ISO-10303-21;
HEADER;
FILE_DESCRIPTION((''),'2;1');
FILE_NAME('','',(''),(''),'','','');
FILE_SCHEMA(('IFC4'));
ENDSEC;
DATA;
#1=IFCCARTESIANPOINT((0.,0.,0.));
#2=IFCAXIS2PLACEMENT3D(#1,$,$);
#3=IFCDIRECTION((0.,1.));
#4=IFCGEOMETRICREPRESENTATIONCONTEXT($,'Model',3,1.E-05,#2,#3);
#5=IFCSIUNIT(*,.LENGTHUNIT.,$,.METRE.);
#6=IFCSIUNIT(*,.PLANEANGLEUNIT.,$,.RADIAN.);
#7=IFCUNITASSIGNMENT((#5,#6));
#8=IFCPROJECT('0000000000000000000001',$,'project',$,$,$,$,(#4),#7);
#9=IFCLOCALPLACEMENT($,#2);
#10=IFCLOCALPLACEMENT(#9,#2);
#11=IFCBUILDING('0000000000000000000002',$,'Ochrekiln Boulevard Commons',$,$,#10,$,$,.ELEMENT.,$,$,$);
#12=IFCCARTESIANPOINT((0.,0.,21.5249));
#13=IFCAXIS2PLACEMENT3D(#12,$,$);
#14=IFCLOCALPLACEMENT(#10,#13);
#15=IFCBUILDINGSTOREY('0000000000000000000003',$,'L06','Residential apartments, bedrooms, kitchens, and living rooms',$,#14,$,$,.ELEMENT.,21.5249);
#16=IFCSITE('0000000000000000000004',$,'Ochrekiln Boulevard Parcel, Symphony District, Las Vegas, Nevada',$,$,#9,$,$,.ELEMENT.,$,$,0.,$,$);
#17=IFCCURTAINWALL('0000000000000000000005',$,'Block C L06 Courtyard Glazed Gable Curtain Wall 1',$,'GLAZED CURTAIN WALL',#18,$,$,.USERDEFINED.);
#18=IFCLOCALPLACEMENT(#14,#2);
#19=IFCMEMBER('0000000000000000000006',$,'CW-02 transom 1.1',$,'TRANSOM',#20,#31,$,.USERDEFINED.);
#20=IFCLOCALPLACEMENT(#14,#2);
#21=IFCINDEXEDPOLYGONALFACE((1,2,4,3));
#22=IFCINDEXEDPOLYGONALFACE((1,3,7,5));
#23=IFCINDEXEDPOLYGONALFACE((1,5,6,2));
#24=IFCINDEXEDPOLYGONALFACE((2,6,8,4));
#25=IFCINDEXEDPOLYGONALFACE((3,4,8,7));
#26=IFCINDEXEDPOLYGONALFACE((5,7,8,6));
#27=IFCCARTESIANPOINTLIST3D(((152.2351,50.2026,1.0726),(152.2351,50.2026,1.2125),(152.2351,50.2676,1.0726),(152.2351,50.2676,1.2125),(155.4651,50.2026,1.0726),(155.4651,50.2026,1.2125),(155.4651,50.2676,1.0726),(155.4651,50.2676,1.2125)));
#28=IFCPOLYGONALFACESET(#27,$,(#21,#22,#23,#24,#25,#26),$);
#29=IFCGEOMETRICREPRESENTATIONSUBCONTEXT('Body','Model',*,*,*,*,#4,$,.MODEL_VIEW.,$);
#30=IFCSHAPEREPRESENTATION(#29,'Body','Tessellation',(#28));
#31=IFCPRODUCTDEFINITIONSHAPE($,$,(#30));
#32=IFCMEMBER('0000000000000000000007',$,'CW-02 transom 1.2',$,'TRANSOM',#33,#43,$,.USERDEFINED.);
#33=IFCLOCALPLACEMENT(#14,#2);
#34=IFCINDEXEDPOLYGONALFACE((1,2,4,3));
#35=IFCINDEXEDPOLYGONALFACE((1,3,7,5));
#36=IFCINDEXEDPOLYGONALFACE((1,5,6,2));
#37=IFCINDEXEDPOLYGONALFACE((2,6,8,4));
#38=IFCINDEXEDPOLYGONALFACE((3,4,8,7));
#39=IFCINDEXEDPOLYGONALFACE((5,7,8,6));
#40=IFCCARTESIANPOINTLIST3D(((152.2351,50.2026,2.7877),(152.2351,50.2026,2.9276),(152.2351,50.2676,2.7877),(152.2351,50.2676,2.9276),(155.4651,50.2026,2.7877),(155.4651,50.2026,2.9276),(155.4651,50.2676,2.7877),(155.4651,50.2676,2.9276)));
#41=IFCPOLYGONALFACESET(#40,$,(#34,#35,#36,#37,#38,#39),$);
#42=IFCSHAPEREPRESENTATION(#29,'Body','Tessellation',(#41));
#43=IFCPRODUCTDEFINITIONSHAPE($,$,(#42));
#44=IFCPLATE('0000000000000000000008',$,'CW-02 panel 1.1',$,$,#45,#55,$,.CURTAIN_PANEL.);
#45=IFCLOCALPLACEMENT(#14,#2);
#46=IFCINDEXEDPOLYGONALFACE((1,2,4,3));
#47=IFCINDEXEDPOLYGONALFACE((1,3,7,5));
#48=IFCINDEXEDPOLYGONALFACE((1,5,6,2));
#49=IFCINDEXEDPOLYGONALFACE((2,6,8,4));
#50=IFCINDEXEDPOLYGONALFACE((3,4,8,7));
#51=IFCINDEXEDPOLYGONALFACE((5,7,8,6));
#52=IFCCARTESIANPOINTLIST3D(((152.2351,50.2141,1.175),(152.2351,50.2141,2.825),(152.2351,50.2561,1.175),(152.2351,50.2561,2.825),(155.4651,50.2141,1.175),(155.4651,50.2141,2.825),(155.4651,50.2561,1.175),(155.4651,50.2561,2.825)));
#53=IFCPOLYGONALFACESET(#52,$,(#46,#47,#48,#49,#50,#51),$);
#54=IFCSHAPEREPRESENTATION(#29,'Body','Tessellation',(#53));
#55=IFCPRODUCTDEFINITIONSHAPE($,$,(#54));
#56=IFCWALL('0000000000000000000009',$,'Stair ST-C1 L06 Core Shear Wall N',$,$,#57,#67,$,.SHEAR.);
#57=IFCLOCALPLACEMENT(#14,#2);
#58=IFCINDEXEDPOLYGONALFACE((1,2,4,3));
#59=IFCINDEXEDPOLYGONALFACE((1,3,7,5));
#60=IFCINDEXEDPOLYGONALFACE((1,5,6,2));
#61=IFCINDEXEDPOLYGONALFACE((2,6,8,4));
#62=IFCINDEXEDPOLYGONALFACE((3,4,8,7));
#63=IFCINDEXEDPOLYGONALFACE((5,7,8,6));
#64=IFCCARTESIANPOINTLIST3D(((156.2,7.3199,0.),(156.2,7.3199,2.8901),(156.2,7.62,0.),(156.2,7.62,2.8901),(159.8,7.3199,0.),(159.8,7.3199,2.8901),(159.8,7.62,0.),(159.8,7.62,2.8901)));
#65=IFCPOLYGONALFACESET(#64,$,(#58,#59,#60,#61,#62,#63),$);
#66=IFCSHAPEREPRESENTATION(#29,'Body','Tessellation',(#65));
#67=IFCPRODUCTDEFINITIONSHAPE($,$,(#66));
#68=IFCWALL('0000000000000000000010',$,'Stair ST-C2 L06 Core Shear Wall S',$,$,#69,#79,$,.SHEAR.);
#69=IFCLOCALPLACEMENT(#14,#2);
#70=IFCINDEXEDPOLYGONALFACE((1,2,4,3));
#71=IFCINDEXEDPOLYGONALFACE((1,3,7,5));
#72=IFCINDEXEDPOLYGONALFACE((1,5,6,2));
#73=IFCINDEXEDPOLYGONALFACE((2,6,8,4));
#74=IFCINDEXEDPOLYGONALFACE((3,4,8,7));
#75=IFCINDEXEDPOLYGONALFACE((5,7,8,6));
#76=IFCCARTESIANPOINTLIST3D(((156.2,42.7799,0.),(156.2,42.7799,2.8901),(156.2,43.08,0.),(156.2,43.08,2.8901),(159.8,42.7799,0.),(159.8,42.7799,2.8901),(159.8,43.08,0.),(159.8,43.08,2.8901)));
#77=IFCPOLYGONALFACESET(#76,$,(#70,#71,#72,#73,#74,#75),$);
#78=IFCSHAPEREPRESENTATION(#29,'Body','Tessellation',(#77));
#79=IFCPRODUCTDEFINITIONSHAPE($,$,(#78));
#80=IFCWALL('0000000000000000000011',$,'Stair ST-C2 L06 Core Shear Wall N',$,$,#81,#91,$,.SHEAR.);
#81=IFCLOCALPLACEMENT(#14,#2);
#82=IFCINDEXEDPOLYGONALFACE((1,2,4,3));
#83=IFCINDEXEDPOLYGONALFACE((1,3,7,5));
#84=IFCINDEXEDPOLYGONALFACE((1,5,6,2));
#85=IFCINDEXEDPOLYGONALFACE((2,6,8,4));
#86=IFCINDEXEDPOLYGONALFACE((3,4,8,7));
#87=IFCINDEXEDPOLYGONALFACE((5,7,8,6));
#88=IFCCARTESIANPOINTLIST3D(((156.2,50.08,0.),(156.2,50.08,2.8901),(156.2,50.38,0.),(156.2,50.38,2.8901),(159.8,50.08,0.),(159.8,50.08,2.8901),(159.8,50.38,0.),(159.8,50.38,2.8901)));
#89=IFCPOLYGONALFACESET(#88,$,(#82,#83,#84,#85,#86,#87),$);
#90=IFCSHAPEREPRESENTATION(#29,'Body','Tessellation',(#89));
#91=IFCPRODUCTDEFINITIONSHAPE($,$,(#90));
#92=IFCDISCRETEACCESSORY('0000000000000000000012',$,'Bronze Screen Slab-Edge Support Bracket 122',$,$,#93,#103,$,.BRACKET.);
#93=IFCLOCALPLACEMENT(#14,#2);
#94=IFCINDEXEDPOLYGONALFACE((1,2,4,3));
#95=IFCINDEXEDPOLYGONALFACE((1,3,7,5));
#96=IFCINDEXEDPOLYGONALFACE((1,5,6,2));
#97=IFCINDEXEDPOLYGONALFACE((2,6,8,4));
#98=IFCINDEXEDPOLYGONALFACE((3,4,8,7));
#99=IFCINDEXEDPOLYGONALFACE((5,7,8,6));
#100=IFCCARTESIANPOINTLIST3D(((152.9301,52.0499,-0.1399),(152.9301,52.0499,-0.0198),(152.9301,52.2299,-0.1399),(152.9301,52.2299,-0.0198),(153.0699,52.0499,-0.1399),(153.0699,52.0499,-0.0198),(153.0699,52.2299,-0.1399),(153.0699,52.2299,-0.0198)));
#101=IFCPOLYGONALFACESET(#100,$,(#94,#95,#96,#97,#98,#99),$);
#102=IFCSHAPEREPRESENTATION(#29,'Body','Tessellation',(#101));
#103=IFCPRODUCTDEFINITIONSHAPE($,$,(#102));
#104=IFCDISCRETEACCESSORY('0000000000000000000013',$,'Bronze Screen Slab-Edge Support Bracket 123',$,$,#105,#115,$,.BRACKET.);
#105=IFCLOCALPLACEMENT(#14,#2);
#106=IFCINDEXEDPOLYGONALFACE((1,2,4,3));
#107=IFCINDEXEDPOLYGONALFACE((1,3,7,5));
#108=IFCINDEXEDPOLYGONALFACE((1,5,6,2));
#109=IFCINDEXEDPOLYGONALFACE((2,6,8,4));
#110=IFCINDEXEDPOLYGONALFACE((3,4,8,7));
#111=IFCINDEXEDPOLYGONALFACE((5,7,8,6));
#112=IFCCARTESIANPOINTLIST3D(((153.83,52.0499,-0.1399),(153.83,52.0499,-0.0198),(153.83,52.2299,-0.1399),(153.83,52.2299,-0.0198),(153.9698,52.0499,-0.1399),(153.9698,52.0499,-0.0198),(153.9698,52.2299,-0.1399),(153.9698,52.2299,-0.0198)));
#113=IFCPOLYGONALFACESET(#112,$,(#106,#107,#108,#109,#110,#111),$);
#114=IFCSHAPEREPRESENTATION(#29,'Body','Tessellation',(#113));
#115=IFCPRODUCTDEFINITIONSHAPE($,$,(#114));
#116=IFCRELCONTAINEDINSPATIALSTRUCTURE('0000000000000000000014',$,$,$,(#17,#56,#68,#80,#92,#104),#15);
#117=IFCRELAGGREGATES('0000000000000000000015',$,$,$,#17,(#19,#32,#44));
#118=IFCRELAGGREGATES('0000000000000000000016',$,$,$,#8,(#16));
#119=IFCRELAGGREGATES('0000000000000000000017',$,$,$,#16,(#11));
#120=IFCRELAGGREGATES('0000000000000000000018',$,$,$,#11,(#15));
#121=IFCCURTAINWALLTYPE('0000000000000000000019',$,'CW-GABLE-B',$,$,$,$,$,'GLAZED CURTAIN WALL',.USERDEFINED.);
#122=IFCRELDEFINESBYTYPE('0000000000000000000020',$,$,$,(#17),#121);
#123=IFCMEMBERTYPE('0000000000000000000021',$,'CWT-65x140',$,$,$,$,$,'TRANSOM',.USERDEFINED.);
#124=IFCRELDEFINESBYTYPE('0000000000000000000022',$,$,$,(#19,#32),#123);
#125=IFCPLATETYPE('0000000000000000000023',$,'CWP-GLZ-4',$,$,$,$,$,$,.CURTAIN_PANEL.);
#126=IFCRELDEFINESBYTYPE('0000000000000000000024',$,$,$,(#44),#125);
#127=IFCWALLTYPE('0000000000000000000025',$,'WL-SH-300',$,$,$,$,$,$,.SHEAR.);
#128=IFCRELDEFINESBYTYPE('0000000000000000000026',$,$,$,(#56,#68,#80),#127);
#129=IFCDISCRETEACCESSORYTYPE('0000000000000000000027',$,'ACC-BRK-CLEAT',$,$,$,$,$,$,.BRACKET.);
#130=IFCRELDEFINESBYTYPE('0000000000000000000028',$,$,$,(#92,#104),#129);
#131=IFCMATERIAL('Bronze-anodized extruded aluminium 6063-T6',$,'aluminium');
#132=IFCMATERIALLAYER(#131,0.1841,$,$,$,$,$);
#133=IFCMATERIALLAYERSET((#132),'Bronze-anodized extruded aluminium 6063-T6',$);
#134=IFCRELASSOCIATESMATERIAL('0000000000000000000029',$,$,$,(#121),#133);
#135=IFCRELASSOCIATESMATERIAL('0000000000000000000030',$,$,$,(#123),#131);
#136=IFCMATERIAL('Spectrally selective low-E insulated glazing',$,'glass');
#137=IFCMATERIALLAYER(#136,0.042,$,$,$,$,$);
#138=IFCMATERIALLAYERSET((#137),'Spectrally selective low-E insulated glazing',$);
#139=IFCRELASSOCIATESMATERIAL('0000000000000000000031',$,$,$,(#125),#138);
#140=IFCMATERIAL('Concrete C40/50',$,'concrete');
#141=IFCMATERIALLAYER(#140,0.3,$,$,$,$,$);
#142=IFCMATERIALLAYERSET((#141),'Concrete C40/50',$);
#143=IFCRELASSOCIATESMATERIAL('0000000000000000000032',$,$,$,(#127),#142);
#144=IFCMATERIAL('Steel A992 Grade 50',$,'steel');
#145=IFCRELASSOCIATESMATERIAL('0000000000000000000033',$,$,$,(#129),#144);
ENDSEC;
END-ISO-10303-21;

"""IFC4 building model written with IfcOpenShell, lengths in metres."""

from ifc_helpers import new_model, si_unit, direction, frame, frame_2d, origin, origin_2d, place, context, subcontext, project, spatial, rectangle, extrude, material, layer, layer_set, material_profile, profile_set, type_object, element, aggregate, save


model = new_model("IFC4")

# Units and contexts
model_context = context("Model", 3, precision=1e-05, world=origin(), true_north=direction((0.0, 1.0)))
body_context = subcontext(model_context, "Body", "Model", "MODEL_VIEW")
ifc_project = project(units=[si_unit("LENGTHUNIT", "METRE"), si_unit("PLANEANGLEUNIT", "RADIAN")], contexts=[model_context])

# Site, building, storey
site_placement = place(None, origin())
site = spatial("IfcSite", under=ifc_project, at=site_placement, Name="Ochrekiln Boulevard Parcel, Symphony District, Las Vegas, Nevada", CompositionType="ELEMENT", RefElevation=0.0)
building_placement = place(site_placement, origin())
building = spatial("IfcBuilding", under=site, at=building_placement, Name="Ochrekiln Boulevard Commons", CompositionType="ELEMENT")
storey_placement = place(building_placement, frame((0.0, 0.0, 21.5249)))
storey = spatial("IfcBuildingStorey", under=building, at=storey_placement, Name="L06", Description="Residential apartments, bedrooms, kitchens, and living rooms", CompositionType="ELEMENT", Elevation=21.5249)

# Shared definitions
ifc_material_1 = material(Name="Concrete C40/50", Category="concrete")

# Curtain wall, members, plate
ifc_material_2 = material(Name="Bronze-anodized extruded aluminium 6063-T6", Category="aluminium")
ifc_layer_1 = layer(ifc_material_2, 0.1841)
ifc_layer_set_1 = layer_set([ifc_layer_1], Name="Bronze-anodized extruded aluminium 6063-T6")
curtain_wall_type = type_object("IfcCurtainWallType", Name="CW-GABLE-B", ElementType="GLAZED CURTAIN WALL", PredefinedType="USERDEFINED", material=ifc_layer_set_1)
curtain_wall_placement = place(storey_placement, origin())
curtain_wall = element("IfcCurtainWall", 1, at=curtain_wall_placement, inside=storey, type_object=curtain_wall_type, Name="Block C L06 Courtyard Glazed Gable Curtain Wall 1", ObjectType="GLAZED CURTAIN WALL", PredefinedType="USERDEFINED")
ifc_material_profile_1 = material_profile(ifc_material_2, rectangle(XDim=0.0649, YDim=0.1399, at=origin_2d()), Name="ALU-TRN-65x140")
ifc_profile_set_1 = profile_set([ifc_material_profile_1], Name="Bronze-anodized extruded aluminium 6063-T6")
member_type_1 = type_object("IfcMemberType", Name="CWT-65x140", ElementType="TRANSOM", PredefinedType="USERDEFINED", material=ifc_profile_set_1)
member_1_placement = place(storey_placement, frame((152.2351, 50.2351, 1.1426), z_axis=(1.0, 0.0, 0.0), x_axis=(0.0, 1.0, 0.0)))
member_1 = element("IfcMember", 2, at=member_1_placement, type_object=member_type_1, Name="CW-02 transom 1.1", ObjectType="TRANSOM", PredefinedType="USERDEFINED", context=body_context, shape_type="SweptSolid", body=[
    extrude(rectangle(XDim=0.0649, YDim=0.1399, at=origin_2d()), origin(), (0.0, 0.0, 1.0), 3.23),
])
member_2_placement = place(storey_placement, frame((152.2351, 50.2351, 2.8577), z_axis=(1.0, 0.0, 0.0), x_axis=(0.0, 1.0, 0.0)))
member_2 = element("IfcMember", 3, at=member_2_placement, type_object=member_type_1, Name="CW-02 transom 1.2", ObjectType="TRANSOM", PredefinedType="USERDEFINED", context=body_context, shape_type="SweptSolid", body=[
    extrude(rectangle(XDim=0.0649, YDim=0.1399, at=origin_2d()), origin(), (0.0, 0.0, 1.0), 3.23),
])
ifc_material_3 = material(Name="Spectrally selective low-E insulated glazing", Category="glass")
ifc_layer_2 = layer(ifc_material_3, 0.042)
ifc_layer_set_2 = layer_set([ifc_layer_2], Name="Spectrally selective low-E insulated glazing")
plate_type = type_object("IfcPlateType", Name="CWP-GLZ-4", PredefinedType="CURTAIN_PANEL", material=ifc_layer_set_2)
plate_placement = place(storey_placement, frame((153.8501, 50.2351, 1.175), z_axis=(0.0, 0.0, 1.0), x_axis=(1.0, 0.0, 0.0)))
plate = element("IfcPlate", 4, at=plate_placement, type_object=plate_type, Name="CW-02 panel 1.1", PredefinedType="CURTAIN_PANEL", context=body_context, shape_type="SweptSolid", body=[
    extrude(rectangle(XDim=3.23, YDim=0.042, at=origin_2d()), origin(), (0.0, 0.0, 1.0), 1.6499),
])
aggregate(curtain_wall, [member_1, member_2, plate])

# Walls
ifc_layer_3 = layer(ifc_material_1, 0.3)
ifc_layer_set_3 = layer_set([ifc_layer_3], Name="Concrete C40/50")
wall_type = type_object("IfcWallType", Name="WL-SH-300", PredefinedType="SHEAR", material=ifc_layer_set_3)
for number, where, z_axis, x_axis, name in (
    (5, (156.2, 7.47, 0.0), (0.0, 0.0, 1.0), (1.0, 0.0, 0.0), "Stair ST-C1 L06 Core Shear Wall N"),
    (6, (156.2, 42.9299, 0.0), (0.0, 0.0, 1.0), (1.0, 0.0, 0.0), "Stair ST-C2 L06 Core Shear Wall S"),
    (7, (156.2, 50.23, 0.0), (0.0, 0.0, 1.0), (1.0, 0.0, 0.0), "Stair ST-C2 L06 Core Shear Wall N"),
):
    element("IfcWall", number, at=place(storey_placement, frame(where, z_axis=z_axis, x_axis=x_axis)), inside=storey, type_object=wall_type, Name=name, PredefinedType="SHEAR", context=body_context, shape_type="SweptSolid", body=[
        extrude(rectangle(XDim=3.6001, YDim=0.3, at=frame_2d((1.8, 0.0))), origin(), (0.0, 0.0, 1.0), 2.8901),
    ])

# Discrete accessories
ifc_material_4 = material(Name="Steel A992 Grade 50", Category="steel")
discrete_accessory_type = type_object("IfcDiscreteAccessoryType", Name="ACC-BRK-CLEAT", PredefinedType="BRACKET", material=ifc_material_4)
for number, where, z_axis, x_axis, name in (
    (8, (153.0, 52.1399, -0.1399), (0.0, 0.0, 1.0), (1.0, 0.0, 0.0), "Bronze Screen Slab-Edge Support Bracket 122"),
    (9, (153.8999, 52.1399, -0.1399), (0.0, 0.0, 1.0), (1.0, 0.0, 0.0), "Bronze Screen Slab-Edge Support Bracket 123"),
):
    element("IfcDiscreteAccessory", number, at=place(storey_placement, frame(where, z_axis=z_axis, x_axis=x_axis)), inside=storey, type_object=discrete_accessory_type, Name=name, PredefinedType="BRACKET", context=body_context, shape_type="SweptSolid", body=[
        extrude(rectangle(XDim=0.1399, YDim=0.1799, at=origin_2d()), origin(), (0.0, 0.0, 1.0), 0.1201),
    ])

save(model, "model.ifc")
